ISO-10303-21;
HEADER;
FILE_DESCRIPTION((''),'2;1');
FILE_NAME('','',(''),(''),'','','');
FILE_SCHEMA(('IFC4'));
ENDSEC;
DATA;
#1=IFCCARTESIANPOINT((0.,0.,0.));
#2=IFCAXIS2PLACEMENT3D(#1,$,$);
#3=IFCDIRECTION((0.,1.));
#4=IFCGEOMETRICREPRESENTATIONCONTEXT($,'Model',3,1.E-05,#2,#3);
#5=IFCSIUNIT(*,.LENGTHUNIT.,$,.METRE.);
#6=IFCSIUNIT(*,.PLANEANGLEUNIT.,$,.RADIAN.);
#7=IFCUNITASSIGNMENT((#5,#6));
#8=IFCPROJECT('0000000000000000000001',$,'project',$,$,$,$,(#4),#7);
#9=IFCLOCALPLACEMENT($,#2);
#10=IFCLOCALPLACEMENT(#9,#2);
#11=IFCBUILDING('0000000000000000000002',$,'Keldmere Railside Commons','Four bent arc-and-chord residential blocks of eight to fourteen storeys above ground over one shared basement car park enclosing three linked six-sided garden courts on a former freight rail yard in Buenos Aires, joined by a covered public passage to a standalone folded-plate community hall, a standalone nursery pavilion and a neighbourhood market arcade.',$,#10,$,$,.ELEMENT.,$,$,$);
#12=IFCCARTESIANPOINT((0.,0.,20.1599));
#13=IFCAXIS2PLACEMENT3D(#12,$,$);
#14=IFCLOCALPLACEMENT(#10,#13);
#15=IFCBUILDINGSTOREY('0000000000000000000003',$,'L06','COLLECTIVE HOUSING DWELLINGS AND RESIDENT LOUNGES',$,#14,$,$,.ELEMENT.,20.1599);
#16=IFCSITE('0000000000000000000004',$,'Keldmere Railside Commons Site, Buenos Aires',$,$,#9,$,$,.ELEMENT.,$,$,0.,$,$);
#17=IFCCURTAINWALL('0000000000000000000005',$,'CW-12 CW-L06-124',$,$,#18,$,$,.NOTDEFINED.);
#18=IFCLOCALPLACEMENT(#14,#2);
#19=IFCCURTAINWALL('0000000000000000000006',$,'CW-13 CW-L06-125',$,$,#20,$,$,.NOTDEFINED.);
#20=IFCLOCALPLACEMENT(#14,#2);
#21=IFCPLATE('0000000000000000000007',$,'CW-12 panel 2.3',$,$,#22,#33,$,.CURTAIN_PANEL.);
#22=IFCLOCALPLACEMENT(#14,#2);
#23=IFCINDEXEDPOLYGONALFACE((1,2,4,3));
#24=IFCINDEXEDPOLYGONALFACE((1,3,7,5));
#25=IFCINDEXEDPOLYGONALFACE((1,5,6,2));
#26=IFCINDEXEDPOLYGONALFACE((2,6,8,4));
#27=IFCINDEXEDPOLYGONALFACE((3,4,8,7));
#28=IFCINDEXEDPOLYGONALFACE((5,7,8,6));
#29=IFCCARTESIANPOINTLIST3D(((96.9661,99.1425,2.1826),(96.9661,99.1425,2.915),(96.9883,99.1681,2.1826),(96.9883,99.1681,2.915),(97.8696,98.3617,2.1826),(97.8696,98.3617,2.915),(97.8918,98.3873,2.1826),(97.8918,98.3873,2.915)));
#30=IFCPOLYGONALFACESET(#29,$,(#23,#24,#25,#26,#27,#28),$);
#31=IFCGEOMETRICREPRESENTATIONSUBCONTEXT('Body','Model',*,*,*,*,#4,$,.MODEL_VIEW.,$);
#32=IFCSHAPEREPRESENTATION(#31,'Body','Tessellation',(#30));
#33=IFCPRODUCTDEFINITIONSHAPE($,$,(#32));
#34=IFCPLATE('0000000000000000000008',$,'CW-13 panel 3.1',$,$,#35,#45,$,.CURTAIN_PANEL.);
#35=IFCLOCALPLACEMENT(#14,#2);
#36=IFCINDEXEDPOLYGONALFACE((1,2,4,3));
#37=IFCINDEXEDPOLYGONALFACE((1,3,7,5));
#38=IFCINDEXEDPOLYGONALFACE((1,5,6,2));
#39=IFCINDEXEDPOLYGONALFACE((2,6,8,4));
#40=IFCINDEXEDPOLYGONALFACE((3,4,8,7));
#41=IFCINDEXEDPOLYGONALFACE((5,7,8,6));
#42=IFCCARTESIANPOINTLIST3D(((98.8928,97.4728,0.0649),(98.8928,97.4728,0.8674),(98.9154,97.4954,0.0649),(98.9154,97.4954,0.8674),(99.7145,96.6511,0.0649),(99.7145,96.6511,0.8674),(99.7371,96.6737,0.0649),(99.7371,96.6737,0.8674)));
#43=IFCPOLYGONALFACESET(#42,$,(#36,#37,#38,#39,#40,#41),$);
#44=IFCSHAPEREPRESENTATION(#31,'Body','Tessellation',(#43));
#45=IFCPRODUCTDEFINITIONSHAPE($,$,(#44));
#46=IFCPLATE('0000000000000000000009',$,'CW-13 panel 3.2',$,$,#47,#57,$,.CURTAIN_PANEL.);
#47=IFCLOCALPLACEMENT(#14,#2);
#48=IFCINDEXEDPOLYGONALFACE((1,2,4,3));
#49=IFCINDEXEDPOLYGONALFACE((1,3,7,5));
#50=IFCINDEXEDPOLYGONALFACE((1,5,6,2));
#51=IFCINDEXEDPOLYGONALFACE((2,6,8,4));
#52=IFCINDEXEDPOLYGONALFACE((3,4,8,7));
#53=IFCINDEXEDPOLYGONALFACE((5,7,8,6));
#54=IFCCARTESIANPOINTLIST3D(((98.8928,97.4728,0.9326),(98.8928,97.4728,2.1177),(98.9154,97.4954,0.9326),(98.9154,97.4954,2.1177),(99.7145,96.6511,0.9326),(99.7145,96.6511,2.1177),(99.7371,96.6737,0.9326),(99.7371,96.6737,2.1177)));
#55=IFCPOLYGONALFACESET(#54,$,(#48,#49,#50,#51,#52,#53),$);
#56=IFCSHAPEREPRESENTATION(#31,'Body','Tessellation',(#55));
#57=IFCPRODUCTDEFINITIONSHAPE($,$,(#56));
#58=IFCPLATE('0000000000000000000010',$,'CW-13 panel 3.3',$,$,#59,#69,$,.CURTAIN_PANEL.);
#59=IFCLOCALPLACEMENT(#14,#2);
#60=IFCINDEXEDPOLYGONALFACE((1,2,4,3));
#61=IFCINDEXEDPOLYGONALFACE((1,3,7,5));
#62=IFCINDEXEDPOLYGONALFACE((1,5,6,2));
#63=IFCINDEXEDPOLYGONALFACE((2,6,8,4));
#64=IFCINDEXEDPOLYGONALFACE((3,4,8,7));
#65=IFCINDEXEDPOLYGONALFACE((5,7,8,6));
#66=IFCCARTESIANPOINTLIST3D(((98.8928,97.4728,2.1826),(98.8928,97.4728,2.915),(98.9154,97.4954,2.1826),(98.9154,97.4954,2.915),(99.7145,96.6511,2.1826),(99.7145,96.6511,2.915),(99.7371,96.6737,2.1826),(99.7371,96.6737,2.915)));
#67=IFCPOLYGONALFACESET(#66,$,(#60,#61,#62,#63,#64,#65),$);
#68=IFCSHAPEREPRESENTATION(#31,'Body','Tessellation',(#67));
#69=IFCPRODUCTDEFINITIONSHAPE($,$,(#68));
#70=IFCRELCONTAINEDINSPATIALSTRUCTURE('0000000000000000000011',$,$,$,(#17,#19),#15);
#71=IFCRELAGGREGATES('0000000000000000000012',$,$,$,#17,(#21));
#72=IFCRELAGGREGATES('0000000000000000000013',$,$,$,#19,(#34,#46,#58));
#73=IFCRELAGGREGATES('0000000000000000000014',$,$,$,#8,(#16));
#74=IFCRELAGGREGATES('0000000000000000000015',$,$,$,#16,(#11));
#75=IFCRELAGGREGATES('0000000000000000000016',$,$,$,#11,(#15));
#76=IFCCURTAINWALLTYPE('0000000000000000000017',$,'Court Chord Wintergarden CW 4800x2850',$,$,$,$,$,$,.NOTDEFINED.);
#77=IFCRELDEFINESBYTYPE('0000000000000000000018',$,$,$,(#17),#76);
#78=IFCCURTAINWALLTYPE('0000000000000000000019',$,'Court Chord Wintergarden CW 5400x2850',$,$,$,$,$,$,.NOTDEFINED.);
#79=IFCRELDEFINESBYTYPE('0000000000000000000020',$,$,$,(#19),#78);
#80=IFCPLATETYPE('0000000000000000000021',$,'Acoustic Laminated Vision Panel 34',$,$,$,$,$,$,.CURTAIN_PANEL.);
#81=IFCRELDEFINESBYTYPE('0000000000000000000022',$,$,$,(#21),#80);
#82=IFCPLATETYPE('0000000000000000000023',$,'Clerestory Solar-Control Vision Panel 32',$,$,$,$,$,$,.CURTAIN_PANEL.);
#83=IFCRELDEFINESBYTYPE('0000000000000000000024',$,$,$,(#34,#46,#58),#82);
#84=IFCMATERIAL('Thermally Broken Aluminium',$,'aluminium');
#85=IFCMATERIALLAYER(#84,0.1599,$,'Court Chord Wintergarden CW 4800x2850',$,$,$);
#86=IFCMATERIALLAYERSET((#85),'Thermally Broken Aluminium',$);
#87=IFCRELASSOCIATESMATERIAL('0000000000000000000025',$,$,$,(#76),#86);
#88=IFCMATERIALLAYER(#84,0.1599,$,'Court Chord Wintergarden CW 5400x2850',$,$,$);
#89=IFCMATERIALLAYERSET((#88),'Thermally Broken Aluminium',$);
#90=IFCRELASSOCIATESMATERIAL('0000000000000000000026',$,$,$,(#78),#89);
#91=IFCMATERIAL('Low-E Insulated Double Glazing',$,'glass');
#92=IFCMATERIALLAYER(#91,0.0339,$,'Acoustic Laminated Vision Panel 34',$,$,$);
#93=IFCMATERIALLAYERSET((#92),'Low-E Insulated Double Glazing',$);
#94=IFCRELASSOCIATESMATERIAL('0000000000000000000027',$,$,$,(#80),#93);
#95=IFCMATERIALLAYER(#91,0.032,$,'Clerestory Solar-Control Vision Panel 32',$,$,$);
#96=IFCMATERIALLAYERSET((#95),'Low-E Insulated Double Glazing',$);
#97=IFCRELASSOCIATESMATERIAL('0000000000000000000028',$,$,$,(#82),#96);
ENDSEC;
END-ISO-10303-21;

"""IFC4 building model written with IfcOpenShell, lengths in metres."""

from ifc_helpers import new_model, si_unit, direction, frame, origin, origin_2d, place, context, subcontext, project, spatial, rectangle, extrude, material, layer, layer_set, type_object, element, aggregate, save


model = new_model("IFC4")

# Units and contexts
model_context = context("Model", 3, precision=1e-05, world=origin(), true_north=direction((0.0, 1.0)))
body_context = subcontext(model_context, "Body", "Model", "MODEL_VIEW")
ifc_project = project(units=[si_unit("LENGTHUNIT", "METRE"), si_unit("PLANEANGLEUNIT", "RADIAN")], contexts=[model_context])

# Site, building, storey
site_placement = place(None, origin())
site = spatial("IfcSite", under=ifc_project, at=site_placement, Name="Keldmere Railside Commons Site, Buenos Aires", CompositionType="ELEMENT", RefElevation=0.0)
building_placement = place(site_placement, origin())
building = spatial("IfcBuilding", under=site, at=building_placement, Name="Keldmere Railside Commons", Description="Four bent arc-and-chord residential blocks of eight to fourteen storeys above ground over one shared basement car park enclosing three linked six-sided garden courts on a former freight rail yard in Buenos Aires, joined by a covered public passage to a standalone folded-plate community hall, a standalone nursery pavilion and a neighbourhood market arcade.", CompositionType="ELEMENT")
storey_placement = place(building_placement, frame((0.0, 0.0, 20.1599)))
storey = spatial("IfcBuildingStorey", under=building, at=storey_placement, Name="L06", Description="COLLECTIVE HOUSING DWELLINGS AND RESIDENT LOUNGES", CompositionType="ELEMENT", Elevation=20.1599)

# Curtain walls
ifc_material_1 = material(Name="Thermally Broken Aluminium", Category="aluminium")
ifc_layer_1 = layer(ifc_material_1, 0.1599, Name="Court Chord Wintergarden CW 4800x2850")
ifc_layer_set_1 = layer_set([ifc_layer_1], Name="Thermally Broken Aluminium")
curtain_wall_type_1 = type_object("IfcCurtainWallType", Name="Court Chord Wintergarden CW 4800x2850", PredefinedType="NOTDEFINED", material=ifc_layer_set_1)
curtain_wall_1_placement = place(storey_placement, origin())
curtain_wall_1 = element("IfcCurtainWall", 1, at=curtain_wall_1_placement, inside=storey, type_object=curtain_wall_type_1, Name="CW-12 CW-L06-124", PredefinedType="NOTDEFINED")
ifc_layer_2 = layer(ifc_material_1, 0.1599, Name="Court Chord Wintergarden CW 5400x2850")
ifc_layer_set_2 = layer_set([ifc_layer_2], Name="Thermally Broken Aluminium")
curtain_wall_type_2 = type_object("IfcCurtainWallType", Name="Court Chord Wintergarden CW 5400x2850", PredefinedType="NOTDEFINED", material=ifc_layer_set_2)
curtain_wall_2_placement = place(storey_placement, origin())
curtain_wall_2 = element("IfcCurtainWall", 2, at=curtain_wall_2_placement, inside=storey, type_object=curtain_wall_type_2, Name="CW-13 CW-L06-125", PredefinedType="NOTDEFINED")

# Plates
ifc_material_2 = material(Name="Low-E Insulated Double Glazing", Category="glass")
ifc_layer_3 = layer(ifc_material_2, 0.0339, Name="Acoustic Laminated Vision Panel 34")
ifc_layer_set_3 = layer_set([ifc_layer_3], Name="Low-E Insulated Double Glazing")
plate_type_1 = type_object("IfcPlateType", Name="Acoustic Laminated Vision Panel 34", PredefinedType="CURTAIN_PANEL", material=ifc_layer_set_3)
plate_1_placement = place(storey_placement, frame((97.429, 98.7649, 2.1826), z_axis=(0.0, 0.0, 1.0), x_axis=(-0.756597, 0.653882, 0.0)))
plate_1 = element("IfcPlate", 3, at=plate_1_placement, type_object=plate_type_1, Name="CW-12 panel 2.3", PredefinedType="CURTAIN_PANEL", context=body_context, shape_type="SweptSolid", body=[
    extrude(rectangle(XDim=1.1941, YDim=0.0339, at=origin_2d()), origin(), (0.0, 0.0, 1.0), 0.7324),
])
aggregate(curtain_wall_1, [plate_1])
ifc_layer_4 = layer(ifc_material_2, 0.032, Name="Clerestory Solar-Control Vision Panel 32")
ifc_layer_set_4 = layer_set([ifc_layer_4], Name="Low-E Insulated Double Glazing")
plate_type_2 = type_object("IfcPlateType", Name="Clerestory Solar-Control Vision Panel 32", PredefinedType="CURTAIN_PANEL", material=ifc_layer_set_4)
plate_2_placement = place(storey_placement, frame((99.3149, 97.0732, 0.0649), z_axis=(0.0, 0.0, 1.0), x_axis=(-0.707107, 0.707107, 0.0)))
plate_2 = element("IfcPlate", 4, at=plate_2_placement, type_object=plate_type_2, Name="CW-13 panel 3.1", PredefinedType="CURTAIN_PANEL", context=body_context, shape_type="SweptSolid", body=[
    extrude(rectangle(XDim=1.1621, YDim=0.032, at=origin_2d()), origin(), (0.0, 0.0, 1.0), 0.8025),
])
plate_3_placement = place(storey_placement, frame((99.3149, 97.0732, 0.9326), z_axis=(0.0, 0.0, 1.0), x_axis=(-0.707107, 0.707107, 0.0)))
plate_3 = element("IfcPlate", 5, at=plate_3_placement, type_object=plate_type_2, Name="CW-13 panel 3.2", PredefinedType="CURTAIN_PANEL", context=body_context, shape_type="SweptSolid", body=[
    extrude(rectangle(XDim=1.1621, YDim=0.032, at=origin_2d()), origin(), (0.0, 0.0, 1.0), 1.1851),
])
plate_4_placement = place(storey_placement, frame((99.3149, 97.0732, 2.1826), z_axis=(0.0, 0.0, 1.0), x_axis=(-0.707107, 0.707107, 0.0)))
plate_4 = element("IfcPlate", 6, at=plate_4_placement, type_object=plate_type_2, Name="CW-13 panel 3.3", PredefinedType="CURTAIN_PANEL", context=body_context, shape_type="SweptSolid", body=[
    extrude(rectangle(XDim=1.1621, YDim=0.032, at=origin_2d()), origin(), (0.0, 0.0, 1.0), 0.7324),
])
aggregate(curtain_wall_2, [plate_2, plate_3, plate_4])

save(model, "model.ifc")
